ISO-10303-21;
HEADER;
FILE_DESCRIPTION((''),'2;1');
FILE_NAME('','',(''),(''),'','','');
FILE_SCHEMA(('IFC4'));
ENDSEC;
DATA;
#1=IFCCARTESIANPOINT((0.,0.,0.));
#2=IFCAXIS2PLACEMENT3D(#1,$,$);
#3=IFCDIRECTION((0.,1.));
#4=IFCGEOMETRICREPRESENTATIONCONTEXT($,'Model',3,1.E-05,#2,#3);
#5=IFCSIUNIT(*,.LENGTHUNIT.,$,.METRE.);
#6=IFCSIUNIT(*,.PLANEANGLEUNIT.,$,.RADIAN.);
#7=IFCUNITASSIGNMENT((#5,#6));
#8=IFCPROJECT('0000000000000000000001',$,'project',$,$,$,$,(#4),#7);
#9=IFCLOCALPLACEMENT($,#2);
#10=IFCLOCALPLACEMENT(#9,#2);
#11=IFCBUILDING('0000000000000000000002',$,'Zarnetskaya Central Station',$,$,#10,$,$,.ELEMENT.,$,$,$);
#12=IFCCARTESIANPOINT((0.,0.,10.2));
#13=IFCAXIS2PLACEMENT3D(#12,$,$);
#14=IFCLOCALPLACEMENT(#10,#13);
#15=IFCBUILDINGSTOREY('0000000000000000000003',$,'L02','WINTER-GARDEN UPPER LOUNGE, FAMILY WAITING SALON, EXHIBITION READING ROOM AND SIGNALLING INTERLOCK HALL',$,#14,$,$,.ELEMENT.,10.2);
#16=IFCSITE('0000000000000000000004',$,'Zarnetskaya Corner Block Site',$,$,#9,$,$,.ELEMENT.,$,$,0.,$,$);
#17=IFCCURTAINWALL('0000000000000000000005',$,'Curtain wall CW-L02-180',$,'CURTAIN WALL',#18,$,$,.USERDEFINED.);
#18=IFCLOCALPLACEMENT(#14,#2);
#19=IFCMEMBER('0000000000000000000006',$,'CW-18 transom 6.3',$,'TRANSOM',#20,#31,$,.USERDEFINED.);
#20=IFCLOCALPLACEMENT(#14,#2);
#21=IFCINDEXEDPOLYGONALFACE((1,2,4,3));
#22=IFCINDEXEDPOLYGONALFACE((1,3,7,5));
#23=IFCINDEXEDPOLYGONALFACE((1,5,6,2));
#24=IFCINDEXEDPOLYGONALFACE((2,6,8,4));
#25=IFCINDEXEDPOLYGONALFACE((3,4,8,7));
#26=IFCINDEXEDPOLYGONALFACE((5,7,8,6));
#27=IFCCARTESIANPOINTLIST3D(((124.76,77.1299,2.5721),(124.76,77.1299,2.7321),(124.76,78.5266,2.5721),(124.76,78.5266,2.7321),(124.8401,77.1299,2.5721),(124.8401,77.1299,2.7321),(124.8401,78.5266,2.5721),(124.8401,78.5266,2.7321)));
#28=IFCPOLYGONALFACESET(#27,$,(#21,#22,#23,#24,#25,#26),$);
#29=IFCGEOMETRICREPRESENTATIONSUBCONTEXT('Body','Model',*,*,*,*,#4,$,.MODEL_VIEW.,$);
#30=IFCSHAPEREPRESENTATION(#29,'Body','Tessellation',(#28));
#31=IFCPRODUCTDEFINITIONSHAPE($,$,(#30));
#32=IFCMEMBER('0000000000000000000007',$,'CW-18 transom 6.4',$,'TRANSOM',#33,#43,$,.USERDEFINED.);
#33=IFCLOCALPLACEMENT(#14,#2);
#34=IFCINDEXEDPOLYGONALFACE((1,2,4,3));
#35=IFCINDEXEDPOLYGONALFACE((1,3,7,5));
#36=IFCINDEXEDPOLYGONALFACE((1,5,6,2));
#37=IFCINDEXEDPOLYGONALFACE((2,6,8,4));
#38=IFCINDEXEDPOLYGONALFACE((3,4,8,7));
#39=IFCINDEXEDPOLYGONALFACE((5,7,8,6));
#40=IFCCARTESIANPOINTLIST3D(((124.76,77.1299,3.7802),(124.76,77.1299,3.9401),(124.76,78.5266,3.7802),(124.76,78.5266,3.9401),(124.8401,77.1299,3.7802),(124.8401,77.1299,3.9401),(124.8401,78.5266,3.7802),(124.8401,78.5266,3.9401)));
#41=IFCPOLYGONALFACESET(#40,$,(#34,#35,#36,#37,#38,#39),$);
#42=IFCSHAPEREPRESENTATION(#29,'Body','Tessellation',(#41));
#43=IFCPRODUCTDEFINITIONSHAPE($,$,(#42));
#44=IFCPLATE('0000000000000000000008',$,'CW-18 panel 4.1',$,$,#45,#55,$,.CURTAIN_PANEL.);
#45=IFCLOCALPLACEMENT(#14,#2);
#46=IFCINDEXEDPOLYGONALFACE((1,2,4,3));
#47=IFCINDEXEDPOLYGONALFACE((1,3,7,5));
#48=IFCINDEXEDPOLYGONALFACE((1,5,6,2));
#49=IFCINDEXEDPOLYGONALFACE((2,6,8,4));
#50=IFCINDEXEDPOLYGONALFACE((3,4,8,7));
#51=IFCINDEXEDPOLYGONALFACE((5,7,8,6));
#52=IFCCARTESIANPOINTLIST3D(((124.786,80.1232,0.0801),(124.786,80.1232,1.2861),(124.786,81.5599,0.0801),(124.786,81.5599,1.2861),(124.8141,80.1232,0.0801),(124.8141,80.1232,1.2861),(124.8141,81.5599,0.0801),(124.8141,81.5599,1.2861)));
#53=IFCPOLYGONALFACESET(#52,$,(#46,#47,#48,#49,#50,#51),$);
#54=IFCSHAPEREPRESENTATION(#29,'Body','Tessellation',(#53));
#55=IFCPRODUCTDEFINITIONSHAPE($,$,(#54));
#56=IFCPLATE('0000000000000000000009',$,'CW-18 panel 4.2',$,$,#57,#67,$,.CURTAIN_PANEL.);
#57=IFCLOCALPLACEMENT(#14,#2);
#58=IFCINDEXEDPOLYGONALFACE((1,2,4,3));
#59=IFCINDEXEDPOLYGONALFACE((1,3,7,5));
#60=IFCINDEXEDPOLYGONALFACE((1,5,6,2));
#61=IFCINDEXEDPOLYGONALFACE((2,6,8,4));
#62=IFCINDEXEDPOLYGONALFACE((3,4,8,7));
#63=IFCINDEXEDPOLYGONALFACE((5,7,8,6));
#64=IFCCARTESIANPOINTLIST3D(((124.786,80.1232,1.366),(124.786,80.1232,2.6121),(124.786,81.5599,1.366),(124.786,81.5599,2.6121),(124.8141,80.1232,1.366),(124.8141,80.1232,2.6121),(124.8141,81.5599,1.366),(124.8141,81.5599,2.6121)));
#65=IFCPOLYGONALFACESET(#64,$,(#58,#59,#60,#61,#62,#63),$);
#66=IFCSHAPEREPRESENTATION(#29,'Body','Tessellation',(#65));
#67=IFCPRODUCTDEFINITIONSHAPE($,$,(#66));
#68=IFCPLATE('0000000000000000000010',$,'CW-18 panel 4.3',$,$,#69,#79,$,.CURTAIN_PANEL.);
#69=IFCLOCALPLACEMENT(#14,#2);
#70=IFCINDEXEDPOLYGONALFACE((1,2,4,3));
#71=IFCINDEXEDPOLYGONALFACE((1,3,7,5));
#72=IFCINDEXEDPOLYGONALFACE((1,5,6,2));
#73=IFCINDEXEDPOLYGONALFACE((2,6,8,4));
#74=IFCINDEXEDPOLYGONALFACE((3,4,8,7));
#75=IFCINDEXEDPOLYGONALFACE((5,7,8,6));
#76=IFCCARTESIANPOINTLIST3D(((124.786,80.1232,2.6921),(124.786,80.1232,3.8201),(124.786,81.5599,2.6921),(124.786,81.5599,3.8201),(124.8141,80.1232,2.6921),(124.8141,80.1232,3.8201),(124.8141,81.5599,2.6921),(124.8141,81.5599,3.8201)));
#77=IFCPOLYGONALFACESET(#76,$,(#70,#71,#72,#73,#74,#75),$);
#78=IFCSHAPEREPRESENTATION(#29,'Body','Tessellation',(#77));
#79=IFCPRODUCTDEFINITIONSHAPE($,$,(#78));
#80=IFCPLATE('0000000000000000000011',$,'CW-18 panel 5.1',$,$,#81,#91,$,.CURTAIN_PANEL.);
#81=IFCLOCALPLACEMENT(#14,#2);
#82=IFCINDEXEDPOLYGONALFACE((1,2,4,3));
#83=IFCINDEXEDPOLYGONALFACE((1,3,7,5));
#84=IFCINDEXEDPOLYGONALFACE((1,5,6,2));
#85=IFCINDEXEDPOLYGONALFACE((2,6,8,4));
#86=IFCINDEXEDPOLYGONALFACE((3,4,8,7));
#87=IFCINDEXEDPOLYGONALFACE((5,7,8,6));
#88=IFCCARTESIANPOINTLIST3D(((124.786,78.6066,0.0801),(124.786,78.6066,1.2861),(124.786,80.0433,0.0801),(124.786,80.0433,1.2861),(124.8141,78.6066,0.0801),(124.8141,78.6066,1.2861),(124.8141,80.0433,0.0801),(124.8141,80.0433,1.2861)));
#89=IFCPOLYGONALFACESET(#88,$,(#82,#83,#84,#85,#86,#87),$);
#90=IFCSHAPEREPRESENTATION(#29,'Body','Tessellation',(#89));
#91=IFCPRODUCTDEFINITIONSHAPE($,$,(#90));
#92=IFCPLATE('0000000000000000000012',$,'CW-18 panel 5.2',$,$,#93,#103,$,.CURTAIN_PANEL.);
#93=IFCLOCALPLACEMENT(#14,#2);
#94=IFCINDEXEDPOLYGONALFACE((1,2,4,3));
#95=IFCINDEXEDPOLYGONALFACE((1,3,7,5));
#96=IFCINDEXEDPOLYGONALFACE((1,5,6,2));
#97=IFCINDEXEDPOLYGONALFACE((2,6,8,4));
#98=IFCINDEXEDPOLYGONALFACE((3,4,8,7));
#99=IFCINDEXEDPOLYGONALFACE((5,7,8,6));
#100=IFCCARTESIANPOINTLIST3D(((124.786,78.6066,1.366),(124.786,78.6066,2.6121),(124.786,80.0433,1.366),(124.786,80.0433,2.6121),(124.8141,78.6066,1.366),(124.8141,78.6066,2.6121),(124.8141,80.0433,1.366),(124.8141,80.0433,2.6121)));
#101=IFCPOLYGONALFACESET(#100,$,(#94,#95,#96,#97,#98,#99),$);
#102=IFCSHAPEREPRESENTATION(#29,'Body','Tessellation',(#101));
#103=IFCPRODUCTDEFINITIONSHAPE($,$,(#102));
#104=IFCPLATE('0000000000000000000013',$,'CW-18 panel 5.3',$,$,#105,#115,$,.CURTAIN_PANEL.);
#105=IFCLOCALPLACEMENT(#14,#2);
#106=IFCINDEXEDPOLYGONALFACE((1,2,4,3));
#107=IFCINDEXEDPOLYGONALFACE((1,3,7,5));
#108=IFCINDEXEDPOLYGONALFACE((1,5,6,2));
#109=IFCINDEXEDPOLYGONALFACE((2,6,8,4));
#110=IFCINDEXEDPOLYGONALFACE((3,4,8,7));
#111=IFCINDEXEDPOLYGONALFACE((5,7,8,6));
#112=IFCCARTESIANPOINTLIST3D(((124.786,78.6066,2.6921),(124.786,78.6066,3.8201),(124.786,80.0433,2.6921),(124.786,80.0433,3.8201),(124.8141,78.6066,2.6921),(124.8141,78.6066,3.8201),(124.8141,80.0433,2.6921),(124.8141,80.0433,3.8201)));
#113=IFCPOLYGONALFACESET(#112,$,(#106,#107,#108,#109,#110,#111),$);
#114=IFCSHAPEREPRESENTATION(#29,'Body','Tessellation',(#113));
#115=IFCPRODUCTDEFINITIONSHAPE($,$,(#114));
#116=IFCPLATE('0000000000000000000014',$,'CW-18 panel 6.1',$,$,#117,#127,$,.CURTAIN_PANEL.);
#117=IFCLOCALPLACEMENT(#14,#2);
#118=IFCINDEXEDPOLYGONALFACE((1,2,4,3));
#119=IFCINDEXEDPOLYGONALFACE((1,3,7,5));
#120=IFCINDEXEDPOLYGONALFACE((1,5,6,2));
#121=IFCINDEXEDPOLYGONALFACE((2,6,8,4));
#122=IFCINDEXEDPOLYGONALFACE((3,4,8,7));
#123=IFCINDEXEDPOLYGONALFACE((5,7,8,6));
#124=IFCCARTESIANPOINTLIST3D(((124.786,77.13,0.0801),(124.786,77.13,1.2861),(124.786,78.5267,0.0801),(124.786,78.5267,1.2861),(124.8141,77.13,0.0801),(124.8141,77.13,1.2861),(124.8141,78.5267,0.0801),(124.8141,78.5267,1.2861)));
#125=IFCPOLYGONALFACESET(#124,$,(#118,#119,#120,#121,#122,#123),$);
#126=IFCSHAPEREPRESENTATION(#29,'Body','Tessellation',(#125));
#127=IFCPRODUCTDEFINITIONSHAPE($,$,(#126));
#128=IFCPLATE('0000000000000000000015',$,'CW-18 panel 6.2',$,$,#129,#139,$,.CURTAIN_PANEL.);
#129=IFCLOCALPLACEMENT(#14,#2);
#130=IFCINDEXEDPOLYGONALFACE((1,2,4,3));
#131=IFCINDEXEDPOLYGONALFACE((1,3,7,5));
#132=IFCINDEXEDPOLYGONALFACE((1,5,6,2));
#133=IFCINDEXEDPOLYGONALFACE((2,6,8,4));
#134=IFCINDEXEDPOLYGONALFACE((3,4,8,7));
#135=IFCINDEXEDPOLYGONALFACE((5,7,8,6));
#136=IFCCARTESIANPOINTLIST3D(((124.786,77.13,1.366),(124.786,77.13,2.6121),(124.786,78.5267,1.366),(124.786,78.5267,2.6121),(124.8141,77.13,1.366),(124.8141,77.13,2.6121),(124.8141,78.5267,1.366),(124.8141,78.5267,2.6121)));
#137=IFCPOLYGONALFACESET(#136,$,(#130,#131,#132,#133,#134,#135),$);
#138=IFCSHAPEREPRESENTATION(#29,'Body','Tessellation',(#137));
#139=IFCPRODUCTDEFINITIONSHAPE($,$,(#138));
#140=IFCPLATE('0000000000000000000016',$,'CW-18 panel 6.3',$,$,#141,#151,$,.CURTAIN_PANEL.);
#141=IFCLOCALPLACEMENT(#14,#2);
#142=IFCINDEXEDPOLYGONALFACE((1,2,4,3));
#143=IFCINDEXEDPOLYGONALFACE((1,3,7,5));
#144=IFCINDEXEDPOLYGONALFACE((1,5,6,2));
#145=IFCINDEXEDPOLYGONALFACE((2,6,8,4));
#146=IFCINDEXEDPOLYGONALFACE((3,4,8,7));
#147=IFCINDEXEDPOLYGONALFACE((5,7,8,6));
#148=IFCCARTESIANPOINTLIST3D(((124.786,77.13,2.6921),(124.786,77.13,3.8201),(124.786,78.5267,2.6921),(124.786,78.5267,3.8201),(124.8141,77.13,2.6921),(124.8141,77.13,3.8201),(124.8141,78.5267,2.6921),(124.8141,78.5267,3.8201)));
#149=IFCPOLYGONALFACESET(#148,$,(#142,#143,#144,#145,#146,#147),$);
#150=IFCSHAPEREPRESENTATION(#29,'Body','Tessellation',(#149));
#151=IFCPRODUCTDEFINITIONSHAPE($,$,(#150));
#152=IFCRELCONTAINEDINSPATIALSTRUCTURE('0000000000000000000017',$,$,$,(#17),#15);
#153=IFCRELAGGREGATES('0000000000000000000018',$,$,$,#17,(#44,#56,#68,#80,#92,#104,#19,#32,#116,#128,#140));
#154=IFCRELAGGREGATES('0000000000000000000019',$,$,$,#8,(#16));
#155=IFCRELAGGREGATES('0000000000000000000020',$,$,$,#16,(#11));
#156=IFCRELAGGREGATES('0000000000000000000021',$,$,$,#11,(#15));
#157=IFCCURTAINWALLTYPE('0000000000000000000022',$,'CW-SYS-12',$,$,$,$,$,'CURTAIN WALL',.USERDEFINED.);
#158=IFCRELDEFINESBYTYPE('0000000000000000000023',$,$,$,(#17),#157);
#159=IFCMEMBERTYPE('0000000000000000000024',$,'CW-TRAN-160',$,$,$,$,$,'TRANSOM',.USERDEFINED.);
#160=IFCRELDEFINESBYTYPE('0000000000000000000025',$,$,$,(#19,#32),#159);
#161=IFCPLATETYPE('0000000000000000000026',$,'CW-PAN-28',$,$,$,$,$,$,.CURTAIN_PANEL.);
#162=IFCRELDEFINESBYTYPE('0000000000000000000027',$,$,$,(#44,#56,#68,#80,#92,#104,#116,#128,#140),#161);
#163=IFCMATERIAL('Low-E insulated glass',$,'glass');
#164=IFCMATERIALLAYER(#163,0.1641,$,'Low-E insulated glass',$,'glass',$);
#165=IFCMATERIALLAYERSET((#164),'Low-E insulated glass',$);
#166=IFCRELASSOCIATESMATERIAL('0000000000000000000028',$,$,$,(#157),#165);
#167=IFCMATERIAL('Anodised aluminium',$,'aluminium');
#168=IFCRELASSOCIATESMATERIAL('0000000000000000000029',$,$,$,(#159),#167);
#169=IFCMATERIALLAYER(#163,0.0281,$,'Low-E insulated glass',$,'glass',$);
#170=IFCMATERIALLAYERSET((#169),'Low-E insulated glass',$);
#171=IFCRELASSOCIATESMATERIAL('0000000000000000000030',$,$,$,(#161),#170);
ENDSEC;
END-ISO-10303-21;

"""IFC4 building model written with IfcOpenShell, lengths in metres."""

from ifc_helpers import new_model, si_unit, direction, frame, origin, origin_2d, place, context, subcontext, project, spatial, rectangle, extrude, material, layer, layer_set, material_profile, profile_set, type_object, element, aggregate, save


model = new_model("IFC4")

# Units and contexts
model_context = context("Model", 3, precision=1e-05, world=origin(), true_north=direction((0.0, 1.0)))
body_context = subcontext(model_context, "Body", "Model", "MODEL_VIEW")
ifc_project = project(units=[si_unit("LENGTHUNIT", "METRE"), si_unit("PLANEANGLEUNIT", "RADIAN")], contexts=[model_context])

# Site, building, storey
site_placement = place(None, origin())
site = spatial("IfcSite", under=ifc_project, at=site_placement, Name="Zarnetskaya Corner Block Site", CompositionType="ELEMENT", RefElevation=0.0)
building_placement = place(site_placement, origin())
building = spatial("IfcBuilding", under=site, at=building_placement, Name="Zarnetskaya Central Station", CompositionType="ELEMENT")
storey_placement = place(building_placement, frame((0.0, 0.0, 10.2)))
storey = spatial("IfcBuildingStorey", under=building, at=storey_placement, Name="L02", Description="WINTER-GARDEN UPPER LOUNGE, FAMILY WAITING SALON, EXHIBITION READING ROOM AND SIGNALLING INTERLOCK HALL", CompositionType="ELEMENT", Elevation=10.2)

# Shared definitions
ifc_material_1 = material(Name="Low-E insulated glass", Category="glass")
ifc_layer_1 = layer(ifc_material_1, 0.1641, Name="Low-E insulated glass", Category="glass")
ifc_layer_set_1 = layer_set([ifc_layer_1], Name="Low-E insulated glass")
curtain_wall_type = type_object("IfcCurtainWallType", Name="CW-SYS-12", ElementType="CURTAIN WALL", PredefinedType="USERDEFINED", material=ifc_layer_set_1)
ifc_material_2 = material(Name="Anodised aluminium", Category="aluminium")

# Curtain wall
curtain_wall_1_placement = place(storey_placement, origin())
curtain_wall_1 = element("IfcCurtainWall", 1, at=curtain_wall_1_placement, inside=storey, type_object=curtain_wall_type, Name="Curtain wall CW-L02-180", ObjectType="CURTAIN WALL", PredefinedType="USERDEFINED")

# Members
ifc_material_profile_1 = material_profile(ifc_material_2, rectangle(XDim=0.0801, YDim=0.1599, at=origin_2d()), Name="ALU TRAN 80x160")
ifc_profile_set_1 = profile_set([ifc_material_profile_1], Name="Anodised aluminium")
member_type_1 = type_object("IfcMemberType", Name="CW-TRAN-160", ElementType="TRANSOM", PredefinedType="USERDEFINED", material=ifc_profile_set_1)
member_1_placement = place(storey_placement, frame((124.8, 78.5266, 2.6521), z_axis=(0.0, -1.0, 0.0), x_axis=(1.0, 0.0, 0.0)))
member_1 = element("IfcMember", 2, at=member_1_placement, type_object=member_type_1, Name="CW-18 transom 6.3", ObjectType="TRANSOM", PredefinedType="USERDEFINED", context=body_context, shape_type="SweptSolid", body=[
    extrude(rectangle(XDim=0.0801, YDim=0.1599, at=origin_2d()), origin(), (0.0, 0.0, 1.0), 1.3967),
])
member_2_placement = place(storey_placement, frame((124.8, 78.5266, 3.8601), z_axis=(0.0, -1.0, 0.0), x_axis=(1.0, 0.0, 0.0)))
member_2 = element("IfcMember", 3, at=member_2_placement, type_object=member_type_1, Name="CW-18 transom 6.4", ObjectType="TRANSOM", PredefinedType="USERDEFINED", context=body_context, shape_type="SweptSolid", body=[
    extrude(rectangle(XDim=0.0801, YDim=0.1599, at=origin_2d()), origin(), (0.0, 0.0, 1.0), 1.3967),
])

# Plates
ifc_layer_2 = layer(ifc_material_1, 0.0281, Name="Low-E insulated glass", Category="glass")
ifc_layer_set_2 = layer_set([ifc_layer_2], Name="Low-E insulated glass")
plate_type = type_object("IfcPlateType", Name="CW-PAN-28", PredefinedType="CURTAIN_PANEL", material=ifc_layer_set_2)
plate_1_placement = place(storey_placement, frame((124.8, 80.8416, 0.0801), z_axis=(0.0, 0.0, 1.0), x_axis=(0.0, -1.0, 0.0)))
plate_1 = element("IfcPlate", 4, at=plate_1_placement, type_object=plate_type, Name="CW-18 panel 4.1", PredefinedType="CURTAIN_PANEL", context=body_context, shape_type="SweptSolid", body=[
    extrude(rectangle(XDim=1.4368, YDim=0.0281, at=origin_2d()), origin(), (0.0, 0.0, 1.0), 1.2061),
])
plate_2_placement = place(storey_placement, frame((124.8, 80.8416, 1.366), z_axis=(0.0, 0.0, 1.0), x_axis=(0.0, -1.0, 0.0)))
plate_2 = element("IfcPlate", 5, at=plate_2_placement, type_object=plate_type, Name="CW-18 panel 4.2", PredefinedType="CURTAIN_PANEL", context=body_context, shape_type="SweptSolid", body=[
    extrude(rectangle(XDim=1.4368, YDim=0.0281, at=origin_2d()), origin(), (0.0, 0.0, 1.0), 1.2461),
])
plate_3_placement = place(storey_placement, frame((124.8, 80.8416, 2.6921), z_axis=(0.0, 0.0, 1.0), x_axis=(0.0, -1.0, 0.0)))
plate_3 = element("IfcPlate", 6, at=plate_3_placement, type_object=plate_type, Name="CW-18 panel 4.3", PredefinedType="CURTAIN_PANEL", context=body_context, shape_type="SweptSolid", body=[
    extrude(rectangle(XDim=1.4368, YDim=0.0281, at=origin_2d()), origin(), (0.0, 0.0, 1.0), 1.1279),
])
plate_4_placement = place(storey_placement, frame((124.8, 79.325, 0.0801), z_axis=(0.0, 0.0, 1.0), x_axis=(0.0, -1.0, 0.0)))
plate_4 = element("IfcPlate", 7, at=plate_4_placement, type_object=plate_type, Name="CW-18 panel 5.1", PredefinedType="CURTAIN_PANEL", context=body_context, shape_type="SweptSolid", body=[
    extrude(rectangle(XDim=1.4368, YDim=0.0281, at=origin_2d()), origin(), (0.0, 0.0, 1.0), 1.2061),
])
plate_5_placement = place(storey_placement, frame((124.8, 79.325, 1.366), z_axis=(0.0, 0.0, 1.0), x_axis=(0.0, -1.0, 0.0)))
plate_5 = element("IfcPlate", 8, at=plate_5_placement, type_object=plate_type, Name="CW-18 panel 5.2", PredefinedType="CURTAIN_PANEL", context=body_context, shape_type="SweptSolid", body=[
    extrude(rectangle(XDim=1.4368, YDim=0.0281, at=origin_2d()), origin(), (0.0, 0.0, 1.0), 1.2461),
])
plate_6_placement = place(storey_placement, frame((124.8, 79.325, 2.6921), z_axis=(0.0, 0.0, 1.0), x_axis=(0.0, -1.0, 0.0)))
plate_6 = element("IfcPlate", 9, at=plate_6_placement, type_object=plate_type, Name="CW-18 panel 5.3", PredefinedType="CURTAIN_PANEL", context=body_context, shape_type="SweptSolid", body=[
    extrude(rectangle(XDim=1.4368, YDim=0.0281, at=origin_2d()), origin(), (0.0, 0.0, 1.0), 1.1279),
])
plate_7_placement = place(storey_placement, frame((124.8, 77.8284, 0.0801), z_axis=(0.0, 0.0, 1.0), x_axis=(0.0, -1.0, 0.0)))
plate_7 = element("IfcPlate", 10, at=plate_7_placement, type_object=plate_type, Name="CW-18 panel 6.1", PredefinedType="CURTAIN_PANEL", context=body_context, shape_type="SweptSolid", body=[
    extrude(rectangle(XDim=1.3967, YDim=0.0281, at=origin_2d()), origin(), (0.0, 0.0, 1.0), 1.2061),
])
plate_8_placement = place(storey_placement, frame((124.8, 77.8284, 1.366), z_axis=(0.0, 0.0, 1.0), x_axis=(0.0, -1.0, 0.0)))
plate_8 = element("IfcPlate", 11, at=plate_8_placement, type_object=plate_type, Name="CW-18 panel 6.2", PredefinedType="CURTAIN_PANEL", context=body_context, shape_type="SweptSolid", body=[
    extrude(rectangle(XDim=1.3967, YDim=0.0281, at=origin_2d()), origin(), (0.0, 0.0, 1.0), 1.2461),
])
plate_9_placement = place(storey_placement, frame((124.8, 77.8284, 2.6921), z_axis=(0.0, 0.0, 1.0), x_axis=(0.0, -1.0, 0.0)))
plate_9 = element("IfcPlate", 12, at=plate_9_placement, type_object=plate_type, Name="CW-18 panel 6.3", PredefinedType="CURTAIN_PANEL", context=body_context, shape_type="SweptSolid", body=[
    extrude(rectangle(XDim=1.3967, YDim=0.0281, at=origin_2d()), origin(), (0.0, 0.0, 1.0), 1.1279),
])
aggregate(curtain_wall_1, [plate_1, plate_2, plate_3, plate_4, plate_5, plate_6, member_1, member_2, plate_7, plate_8, plate_9])

save(model, "model.ifc")
